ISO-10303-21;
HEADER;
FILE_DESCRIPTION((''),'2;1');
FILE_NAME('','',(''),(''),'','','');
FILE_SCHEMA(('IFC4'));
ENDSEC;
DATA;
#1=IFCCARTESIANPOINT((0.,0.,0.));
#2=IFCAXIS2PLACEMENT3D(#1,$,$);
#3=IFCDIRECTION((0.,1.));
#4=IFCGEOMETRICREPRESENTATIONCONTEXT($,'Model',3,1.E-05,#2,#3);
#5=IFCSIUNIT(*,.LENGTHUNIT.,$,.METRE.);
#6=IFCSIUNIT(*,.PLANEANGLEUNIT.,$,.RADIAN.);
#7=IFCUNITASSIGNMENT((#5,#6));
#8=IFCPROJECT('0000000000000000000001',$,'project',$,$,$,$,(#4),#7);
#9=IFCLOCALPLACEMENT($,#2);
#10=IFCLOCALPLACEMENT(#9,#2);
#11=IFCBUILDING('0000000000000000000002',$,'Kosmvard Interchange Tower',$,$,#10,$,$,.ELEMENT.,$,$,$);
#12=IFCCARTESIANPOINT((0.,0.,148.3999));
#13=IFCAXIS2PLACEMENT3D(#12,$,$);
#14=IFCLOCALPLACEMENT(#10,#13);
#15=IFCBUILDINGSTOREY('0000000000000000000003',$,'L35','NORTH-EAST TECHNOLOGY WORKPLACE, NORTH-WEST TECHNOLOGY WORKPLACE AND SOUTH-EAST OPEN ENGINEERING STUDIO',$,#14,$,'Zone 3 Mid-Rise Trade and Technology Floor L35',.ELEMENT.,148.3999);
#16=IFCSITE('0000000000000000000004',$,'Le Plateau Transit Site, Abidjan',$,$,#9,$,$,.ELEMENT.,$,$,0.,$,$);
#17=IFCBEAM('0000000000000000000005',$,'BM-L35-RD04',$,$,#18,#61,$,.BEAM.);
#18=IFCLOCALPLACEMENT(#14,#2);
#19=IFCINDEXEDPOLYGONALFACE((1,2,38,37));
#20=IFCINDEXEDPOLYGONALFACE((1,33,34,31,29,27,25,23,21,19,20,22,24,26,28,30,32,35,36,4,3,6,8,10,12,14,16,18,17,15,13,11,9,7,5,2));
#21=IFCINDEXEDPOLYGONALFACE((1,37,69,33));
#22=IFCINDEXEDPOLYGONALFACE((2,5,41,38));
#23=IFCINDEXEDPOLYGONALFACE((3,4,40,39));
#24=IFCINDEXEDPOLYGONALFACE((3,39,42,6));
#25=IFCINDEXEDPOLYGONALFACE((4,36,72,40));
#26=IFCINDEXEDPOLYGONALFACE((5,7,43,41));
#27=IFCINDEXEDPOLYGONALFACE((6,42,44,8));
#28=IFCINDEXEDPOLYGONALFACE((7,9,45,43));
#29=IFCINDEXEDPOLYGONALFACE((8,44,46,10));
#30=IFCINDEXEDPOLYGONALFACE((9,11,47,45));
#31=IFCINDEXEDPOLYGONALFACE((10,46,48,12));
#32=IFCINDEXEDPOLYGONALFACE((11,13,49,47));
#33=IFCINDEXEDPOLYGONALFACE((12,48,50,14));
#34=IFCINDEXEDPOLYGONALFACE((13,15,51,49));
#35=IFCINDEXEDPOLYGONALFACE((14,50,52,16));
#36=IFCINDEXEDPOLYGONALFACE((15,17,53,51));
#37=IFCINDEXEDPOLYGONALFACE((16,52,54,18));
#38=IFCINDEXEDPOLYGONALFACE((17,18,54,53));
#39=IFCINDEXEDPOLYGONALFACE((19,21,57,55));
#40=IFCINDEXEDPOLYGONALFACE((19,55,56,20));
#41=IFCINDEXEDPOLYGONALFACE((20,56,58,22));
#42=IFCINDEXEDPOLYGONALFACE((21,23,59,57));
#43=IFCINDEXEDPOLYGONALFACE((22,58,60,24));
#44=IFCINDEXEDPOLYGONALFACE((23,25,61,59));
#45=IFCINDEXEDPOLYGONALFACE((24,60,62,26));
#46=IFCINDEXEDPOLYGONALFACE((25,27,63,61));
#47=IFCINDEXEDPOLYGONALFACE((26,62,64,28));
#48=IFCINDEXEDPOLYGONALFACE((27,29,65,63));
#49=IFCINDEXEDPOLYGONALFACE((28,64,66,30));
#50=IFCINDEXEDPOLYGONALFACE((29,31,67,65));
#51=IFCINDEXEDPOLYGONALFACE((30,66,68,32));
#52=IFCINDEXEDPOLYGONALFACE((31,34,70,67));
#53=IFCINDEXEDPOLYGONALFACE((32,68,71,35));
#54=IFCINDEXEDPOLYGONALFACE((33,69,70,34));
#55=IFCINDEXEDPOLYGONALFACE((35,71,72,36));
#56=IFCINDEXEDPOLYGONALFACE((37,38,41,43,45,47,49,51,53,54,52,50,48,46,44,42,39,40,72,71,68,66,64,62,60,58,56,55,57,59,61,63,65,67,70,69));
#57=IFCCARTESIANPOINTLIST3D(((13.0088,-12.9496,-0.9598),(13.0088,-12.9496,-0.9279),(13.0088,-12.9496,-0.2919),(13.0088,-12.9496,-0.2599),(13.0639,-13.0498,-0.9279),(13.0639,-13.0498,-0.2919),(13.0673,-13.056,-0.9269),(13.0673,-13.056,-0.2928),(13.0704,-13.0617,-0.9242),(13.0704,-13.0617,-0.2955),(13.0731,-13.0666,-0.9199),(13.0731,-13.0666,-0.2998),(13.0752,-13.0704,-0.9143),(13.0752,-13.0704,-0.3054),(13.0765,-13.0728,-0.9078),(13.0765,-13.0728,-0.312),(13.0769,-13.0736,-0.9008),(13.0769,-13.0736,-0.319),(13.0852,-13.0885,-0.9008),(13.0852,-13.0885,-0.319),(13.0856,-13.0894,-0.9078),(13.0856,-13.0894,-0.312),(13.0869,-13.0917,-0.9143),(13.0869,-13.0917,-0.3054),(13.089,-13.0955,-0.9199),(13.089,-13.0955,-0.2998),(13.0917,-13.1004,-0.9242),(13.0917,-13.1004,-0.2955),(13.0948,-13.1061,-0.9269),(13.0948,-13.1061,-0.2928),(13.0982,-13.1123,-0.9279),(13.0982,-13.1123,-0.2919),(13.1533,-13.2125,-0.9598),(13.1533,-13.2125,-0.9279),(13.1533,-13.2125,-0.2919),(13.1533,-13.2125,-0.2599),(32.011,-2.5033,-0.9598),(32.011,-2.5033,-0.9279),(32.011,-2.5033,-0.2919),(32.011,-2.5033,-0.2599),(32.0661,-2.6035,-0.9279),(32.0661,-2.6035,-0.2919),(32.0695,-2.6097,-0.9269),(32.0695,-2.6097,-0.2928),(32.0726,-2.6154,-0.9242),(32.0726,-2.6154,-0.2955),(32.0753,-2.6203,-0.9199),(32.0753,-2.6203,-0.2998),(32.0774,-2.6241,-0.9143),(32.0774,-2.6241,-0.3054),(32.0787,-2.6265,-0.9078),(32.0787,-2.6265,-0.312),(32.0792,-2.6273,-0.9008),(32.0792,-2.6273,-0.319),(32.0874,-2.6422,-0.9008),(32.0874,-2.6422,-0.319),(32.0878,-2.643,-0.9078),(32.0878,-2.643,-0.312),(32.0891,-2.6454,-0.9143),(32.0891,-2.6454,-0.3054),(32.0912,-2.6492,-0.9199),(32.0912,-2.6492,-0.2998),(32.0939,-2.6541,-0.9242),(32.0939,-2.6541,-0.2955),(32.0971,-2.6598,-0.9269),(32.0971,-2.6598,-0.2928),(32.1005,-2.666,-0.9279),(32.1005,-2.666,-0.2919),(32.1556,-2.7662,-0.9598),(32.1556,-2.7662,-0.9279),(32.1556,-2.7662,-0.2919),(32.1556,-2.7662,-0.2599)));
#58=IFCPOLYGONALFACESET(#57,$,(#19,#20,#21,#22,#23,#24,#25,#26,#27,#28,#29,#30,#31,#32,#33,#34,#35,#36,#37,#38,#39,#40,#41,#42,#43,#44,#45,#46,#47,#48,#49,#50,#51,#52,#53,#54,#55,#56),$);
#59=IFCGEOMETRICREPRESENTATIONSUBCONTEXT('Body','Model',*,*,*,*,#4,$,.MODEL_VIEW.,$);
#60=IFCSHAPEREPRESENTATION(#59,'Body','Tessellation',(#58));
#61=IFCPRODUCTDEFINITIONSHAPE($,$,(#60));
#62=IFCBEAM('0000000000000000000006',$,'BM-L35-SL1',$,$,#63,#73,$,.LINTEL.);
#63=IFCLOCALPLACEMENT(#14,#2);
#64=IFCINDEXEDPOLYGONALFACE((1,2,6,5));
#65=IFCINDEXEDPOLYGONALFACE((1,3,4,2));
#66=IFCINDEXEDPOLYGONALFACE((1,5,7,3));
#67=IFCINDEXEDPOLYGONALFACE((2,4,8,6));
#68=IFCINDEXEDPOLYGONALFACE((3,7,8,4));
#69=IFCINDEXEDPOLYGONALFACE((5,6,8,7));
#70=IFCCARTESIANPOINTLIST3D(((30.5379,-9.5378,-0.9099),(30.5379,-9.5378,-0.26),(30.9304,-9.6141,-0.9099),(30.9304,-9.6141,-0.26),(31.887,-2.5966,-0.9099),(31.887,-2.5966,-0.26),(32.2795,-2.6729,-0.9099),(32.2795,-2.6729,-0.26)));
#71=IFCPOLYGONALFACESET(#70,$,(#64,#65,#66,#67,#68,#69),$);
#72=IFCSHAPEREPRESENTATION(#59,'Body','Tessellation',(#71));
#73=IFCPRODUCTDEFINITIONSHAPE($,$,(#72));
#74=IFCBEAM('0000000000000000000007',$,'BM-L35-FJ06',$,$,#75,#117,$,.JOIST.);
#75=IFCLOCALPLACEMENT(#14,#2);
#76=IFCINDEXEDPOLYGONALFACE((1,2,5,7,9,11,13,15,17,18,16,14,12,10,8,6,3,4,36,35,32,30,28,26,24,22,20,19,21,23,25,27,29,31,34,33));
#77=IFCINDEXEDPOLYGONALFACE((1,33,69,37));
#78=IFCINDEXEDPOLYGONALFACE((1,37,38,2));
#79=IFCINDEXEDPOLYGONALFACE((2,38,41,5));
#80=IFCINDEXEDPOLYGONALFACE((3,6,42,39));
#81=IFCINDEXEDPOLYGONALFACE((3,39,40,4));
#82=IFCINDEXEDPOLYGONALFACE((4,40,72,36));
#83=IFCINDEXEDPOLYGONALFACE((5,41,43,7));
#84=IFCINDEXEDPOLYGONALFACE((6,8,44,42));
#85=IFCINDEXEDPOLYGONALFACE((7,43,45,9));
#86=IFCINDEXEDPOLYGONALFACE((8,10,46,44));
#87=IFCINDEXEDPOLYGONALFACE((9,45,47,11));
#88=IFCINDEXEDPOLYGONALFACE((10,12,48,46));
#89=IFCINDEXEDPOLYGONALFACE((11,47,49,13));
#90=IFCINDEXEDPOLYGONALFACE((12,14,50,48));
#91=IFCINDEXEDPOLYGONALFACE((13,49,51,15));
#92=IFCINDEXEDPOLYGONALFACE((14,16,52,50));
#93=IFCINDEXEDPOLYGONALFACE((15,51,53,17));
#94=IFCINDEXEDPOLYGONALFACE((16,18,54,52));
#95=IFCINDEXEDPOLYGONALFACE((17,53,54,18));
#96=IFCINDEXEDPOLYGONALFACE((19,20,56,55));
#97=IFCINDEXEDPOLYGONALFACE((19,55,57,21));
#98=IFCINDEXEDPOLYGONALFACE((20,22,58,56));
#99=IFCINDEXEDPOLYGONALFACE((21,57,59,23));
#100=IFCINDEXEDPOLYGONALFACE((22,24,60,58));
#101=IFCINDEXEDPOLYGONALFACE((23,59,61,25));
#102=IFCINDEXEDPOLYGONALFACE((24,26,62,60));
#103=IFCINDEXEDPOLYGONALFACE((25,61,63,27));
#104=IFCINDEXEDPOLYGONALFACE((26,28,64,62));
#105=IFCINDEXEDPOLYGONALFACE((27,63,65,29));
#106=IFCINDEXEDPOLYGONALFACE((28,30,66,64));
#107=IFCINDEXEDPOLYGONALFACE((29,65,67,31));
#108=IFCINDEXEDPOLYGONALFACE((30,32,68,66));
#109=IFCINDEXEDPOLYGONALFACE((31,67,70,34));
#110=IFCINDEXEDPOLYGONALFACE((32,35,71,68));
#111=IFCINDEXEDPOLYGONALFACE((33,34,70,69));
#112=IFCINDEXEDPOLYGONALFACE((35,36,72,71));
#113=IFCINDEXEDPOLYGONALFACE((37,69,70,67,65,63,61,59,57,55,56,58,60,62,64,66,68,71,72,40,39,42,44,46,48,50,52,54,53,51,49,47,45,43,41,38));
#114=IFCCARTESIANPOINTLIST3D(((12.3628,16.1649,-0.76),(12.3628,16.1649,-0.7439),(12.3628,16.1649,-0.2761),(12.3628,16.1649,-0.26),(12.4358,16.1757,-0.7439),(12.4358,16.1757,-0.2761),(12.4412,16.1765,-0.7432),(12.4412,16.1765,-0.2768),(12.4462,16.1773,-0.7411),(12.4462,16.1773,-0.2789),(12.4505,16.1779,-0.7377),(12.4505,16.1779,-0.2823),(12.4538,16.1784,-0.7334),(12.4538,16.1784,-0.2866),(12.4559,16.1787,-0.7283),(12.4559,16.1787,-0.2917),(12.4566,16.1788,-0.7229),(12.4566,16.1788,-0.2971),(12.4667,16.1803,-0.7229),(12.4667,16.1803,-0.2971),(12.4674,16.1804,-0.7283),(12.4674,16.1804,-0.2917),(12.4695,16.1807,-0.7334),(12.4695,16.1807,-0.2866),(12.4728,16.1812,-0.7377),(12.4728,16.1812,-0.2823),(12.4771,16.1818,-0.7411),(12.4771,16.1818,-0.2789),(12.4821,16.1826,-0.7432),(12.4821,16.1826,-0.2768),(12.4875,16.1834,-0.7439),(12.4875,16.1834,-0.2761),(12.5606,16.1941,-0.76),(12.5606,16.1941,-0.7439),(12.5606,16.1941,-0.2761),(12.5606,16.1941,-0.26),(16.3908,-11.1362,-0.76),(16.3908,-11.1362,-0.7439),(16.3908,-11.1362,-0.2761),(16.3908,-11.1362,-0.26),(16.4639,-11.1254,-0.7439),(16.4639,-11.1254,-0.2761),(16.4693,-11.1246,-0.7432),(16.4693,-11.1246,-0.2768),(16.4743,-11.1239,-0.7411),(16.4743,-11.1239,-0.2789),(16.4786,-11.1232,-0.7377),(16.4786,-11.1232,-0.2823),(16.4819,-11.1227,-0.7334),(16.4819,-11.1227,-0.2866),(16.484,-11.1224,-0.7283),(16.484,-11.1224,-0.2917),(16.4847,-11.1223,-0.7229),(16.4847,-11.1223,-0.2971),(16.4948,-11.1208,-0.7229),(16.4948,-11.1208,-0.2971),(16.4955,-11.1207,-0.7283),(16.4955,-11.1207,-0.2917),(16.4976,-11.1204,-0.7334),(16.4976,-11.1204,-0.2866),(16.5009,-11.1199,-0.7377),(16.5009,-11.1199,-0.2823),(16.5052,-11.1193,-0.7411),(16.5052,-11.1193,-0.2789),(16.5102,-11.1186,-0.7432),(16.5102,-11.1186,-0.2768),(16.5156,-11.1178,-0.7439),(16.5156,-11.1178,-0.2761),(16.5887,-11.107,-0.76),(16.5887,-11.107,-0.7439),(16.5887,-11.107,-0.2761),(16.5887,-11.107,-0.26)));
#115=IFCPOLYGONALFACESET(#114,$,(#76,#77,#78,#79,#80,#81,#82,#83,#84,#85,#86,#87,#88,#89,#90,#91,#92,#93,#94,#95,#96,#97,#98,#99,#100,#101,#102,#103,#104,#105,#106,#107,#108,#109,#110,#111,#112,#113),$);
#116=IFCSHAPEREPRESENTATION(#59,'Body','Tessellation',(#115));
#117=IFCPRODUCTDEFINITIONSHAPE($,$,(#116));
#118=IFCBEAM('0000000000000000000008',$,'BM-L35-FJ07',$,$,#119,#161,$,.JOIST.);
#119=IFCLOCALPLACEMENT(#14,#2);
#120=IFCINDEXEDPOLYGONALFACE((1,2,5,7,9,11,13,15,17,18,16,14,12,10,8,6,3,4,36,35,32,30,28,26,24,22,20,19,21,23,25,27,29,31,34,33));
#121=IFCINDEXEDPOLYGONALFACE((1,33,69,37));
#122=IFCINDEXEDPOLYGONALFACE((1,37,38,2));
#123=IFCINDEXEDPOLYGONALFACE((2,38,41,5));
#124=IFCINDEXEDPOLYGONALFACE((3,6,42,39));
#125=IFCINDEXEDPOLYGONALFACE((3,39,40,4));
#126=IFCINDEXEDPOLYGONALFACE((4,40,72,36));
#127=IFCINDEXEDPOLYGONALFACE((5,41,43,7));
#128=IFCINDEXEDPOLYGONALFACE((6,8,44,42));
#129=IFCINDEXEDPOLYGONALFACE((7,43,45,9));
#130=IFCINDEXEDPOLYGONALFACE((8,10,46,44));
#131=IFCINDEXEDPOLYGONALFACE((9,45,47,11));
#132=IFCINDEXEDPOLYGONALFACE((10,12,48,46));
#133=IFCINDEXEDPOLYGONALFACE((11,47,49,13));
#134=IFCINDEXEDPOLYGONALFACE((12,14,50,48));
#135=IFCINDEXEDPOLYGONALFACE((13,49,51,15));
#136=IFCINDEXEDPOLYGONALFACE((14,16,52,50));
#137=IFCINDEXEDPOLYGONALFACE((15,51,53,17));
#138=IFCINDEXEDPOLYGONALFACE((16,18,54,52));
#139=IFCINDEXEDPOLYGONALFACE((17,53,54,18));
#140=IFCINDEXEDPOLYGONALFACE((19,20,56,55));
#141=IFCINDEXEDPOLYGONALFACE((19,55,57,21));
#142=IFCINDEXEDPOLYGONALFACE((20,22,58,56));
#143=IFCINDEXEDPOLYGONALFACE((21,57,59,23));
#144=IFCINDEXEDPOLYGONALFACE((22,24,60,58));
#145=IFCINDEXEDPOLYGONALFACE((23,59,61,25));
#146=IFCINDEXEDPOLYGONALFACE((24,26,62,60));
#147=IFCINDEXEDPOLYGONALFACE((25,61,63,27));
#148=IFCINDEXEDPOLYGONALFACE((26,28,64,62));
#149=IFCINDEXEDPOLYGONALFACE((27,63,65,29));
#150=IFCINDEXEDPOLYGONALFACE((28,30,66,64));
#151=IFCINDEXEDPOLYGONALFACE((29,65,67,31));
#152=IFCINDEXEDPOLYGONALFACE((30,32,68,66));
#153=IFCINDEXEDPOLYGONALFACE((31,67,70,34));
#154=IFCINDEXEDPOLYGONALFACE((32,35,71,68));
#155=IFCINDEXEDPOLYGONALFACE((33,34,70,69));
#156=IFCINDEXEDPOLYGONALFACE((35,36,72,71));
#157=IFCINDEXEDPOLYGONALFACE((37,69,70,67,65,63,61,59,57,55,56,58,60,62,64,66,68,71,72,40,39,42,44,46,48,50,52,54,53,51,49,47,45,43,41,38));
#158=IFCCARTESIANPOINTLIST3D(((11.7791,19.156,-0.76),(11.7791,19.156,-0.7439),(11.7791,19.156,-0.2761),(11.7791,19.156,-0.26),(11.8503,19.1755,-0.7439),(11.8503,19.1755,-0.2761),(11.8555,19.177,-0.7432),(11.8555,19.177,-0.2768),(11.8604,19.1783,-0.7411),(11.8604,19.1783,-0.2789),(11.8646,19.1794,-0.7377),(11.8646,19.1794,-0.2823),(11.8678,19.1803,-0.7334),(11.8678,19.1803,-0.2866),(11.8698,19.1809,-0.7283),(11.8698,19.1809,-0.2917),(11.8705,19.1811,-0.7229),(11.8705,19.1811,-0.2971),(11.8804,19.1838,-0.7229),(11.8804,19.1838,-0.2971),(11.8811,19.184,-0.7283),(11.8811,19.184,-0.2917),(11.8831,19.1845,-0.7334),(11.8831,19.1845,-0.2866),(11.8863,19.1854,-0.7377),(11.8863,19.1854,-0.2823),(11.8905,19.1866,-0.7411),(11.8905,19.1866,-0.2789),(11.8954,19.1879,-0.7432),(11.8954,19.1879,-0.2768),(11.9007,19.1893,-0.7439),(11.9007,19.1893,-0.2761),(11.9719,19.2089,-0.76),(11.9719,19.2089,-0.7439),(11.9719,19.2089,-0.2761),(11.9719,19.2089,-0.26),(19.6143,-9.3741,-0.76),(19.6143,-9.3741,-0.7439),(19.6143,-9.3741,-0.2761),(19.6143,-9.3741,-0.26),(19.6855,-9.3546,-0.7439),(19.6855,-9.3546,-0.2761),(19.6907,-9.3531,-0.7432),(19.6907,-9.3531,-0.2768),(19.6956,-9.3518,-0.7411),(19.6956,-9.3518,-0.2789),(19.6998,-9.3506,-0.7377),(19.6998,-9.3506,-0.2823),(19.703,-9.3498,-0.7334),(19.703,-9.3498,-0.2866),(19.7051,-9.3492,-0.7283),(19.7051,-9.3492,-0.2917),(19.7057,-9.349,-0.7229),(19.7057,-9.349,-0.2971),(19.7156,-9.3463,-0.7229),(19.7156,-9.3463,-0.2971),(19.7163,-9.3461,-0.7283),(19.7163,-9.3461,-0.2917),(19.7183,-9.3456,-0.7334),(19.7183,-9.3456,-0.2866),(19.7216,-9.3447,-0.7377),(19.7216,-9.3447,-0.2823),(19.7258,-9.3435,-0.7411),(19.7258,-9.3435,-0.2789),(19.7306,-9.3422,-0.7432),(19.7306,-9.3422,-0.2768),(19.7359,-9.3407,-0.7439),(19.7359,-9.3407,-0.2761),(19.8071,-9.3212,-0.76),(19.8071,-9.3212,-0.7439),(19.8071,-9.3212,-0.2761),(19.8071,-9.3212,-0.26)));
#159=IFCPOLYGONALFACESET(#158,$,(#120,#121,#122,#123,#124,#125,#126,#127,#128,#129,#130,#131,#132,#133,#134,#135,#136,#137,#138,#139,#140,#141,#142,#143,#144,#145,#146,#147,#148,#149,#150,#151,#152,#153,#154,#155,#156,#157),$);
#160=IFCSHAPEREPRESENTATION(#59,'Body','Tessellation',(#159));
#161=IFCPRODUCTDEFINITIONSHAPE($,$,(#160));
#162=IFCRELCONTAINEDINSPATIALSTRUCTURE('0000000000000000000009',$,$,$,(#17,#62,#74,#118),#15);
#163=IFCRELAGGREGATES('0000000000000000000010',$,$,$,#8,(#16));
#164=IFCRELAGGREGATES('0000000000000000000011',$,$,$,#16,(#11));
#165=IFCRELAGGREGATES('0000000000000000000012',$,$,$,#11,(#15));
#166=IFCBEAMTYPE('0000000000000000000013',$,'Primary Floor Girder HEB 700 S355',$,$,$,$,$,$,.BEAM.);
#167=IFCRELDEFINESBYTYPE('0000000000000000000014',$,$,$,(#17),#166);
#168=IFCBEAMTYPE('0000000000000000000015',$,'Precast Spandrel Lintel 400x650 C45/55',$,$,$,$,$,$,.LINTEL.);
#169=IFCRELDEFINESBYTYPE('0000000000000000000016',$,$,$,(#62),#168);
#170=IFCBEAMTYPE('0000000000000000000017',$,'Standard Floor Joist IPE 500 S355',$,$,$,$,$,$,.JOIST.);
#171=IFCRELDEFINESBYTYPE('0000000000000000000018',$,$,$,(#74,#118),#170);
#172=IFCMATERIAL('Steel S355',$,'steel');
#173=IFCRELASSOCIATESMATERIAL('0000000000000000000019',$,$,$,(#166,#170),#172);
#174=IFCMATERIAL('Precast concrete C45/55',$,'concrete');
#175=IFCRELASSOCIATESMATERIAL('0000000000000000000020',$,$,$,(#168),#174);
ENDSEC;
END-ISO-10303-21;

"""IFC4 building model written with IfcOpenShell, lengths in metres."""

from ifc_helpers import new_model, si_unit, direction, frame, origin, origin_2d, place, context, subcontext, project, spatial, rectangle, i_section, extrude, source, transform, mapped, material, material_profile, profile_set, type_object, element, save


model = new_model("IFC4")

# Units and contexts
model_context = context("Model", 3, precision=1e-05, world=origin(), true_north=direction((0.0, 1.0)))
body_context = subcontext(model_context, "Body", "Model", "MODEL_VIEW")
ifc_project = project(units=[si_unit("LENGTHUNIT", "METRE"), si_unit("PLANEANGLEUNIT", "RADIAN")], contexts=[model_context])

# Site, building, storey
site_placement = place(None, origin())
site = spatial("IfcSite", under=ifc_project, at=site_placement, Name="Le Plateau Transit Site, Abidjan", CompositionType="ELEMENT", RefElevation=0.0)
building_placement = place(site_placement, origin())
building = spatial("IfcBuilding", under=site, at=building_placement, Name="Kosmvard Interchange Tower", CompositionType="ELEMENT")
storey_placement = place(building_placement, frame((0.0, 0.0, 148.3999)))
storey = spatial("IfcBuildingStorey", under=building, at=storey_placement, Name="L35", Description="NORTH-EAST TECHNOLOGY WORKPLACE, NORTH-WEST TECHNOLOGY WORKPLACE AND SOUTH-EAST OPEN ENGINEERING STUDIO", LongName="Zone 3 Mid-Rise Trade and Technology Floor L35", CompositionType="ELEMENT", Elevation=148.3999)

# Beams
ifc_material_1 = material(Name="Steel S355", Category="steel")
ifc_material_profile_1 = material_profile(ifc_material_1, i_section(OverallWidth=0.3, OverallDepth=0.7, WebThickness=0.0171, FlangeThickness=0.032, FilletRadius=0.0271, at=origin_2d()), Name="HEB 700")
ifc_profile_set_1 = profile_set([ifc_material_profile_1], Name="Steel S355")
beam_type_1 = type_object("IfcBeamType", Name="Primary Floor Girder HEB 700 S355", PredefinedType="BEAM", material=ifc_profile_set_1)
shared_shape_1 = source(origin(), body_context, "Body", "SweptSolid", [
    extrude(i_section(OverallWidth=0.3, OverallDepth=0.7, WebThickness=0.0171, FlangeThickness=0.032, FilletRadius=0.0271, at=origin_2d()), origin(), (0.0, 0.0, 1.0), 21.6843),
])
beam_1_placement = place(storey_placement, frame((13.0811, -13.0811, -0.6099), z_axis=(0.876312, 0.481745, 0.0), x_axis=(-0.481745, 0.876312, 0.0)))
element("IfcBeam", 1, at=beam_1_placement, inside=storey, type_object=beam_type_1, Name="BM-L35-RD04", PredefinedType="BEAM", context=body_context, shape_type="MappedRepresentation", body=[
    mapped(shared_shape_1, transform((0.0, 0.0, 0.0), scale=1.0)),
])
ifc_material_2 = material(Name="Precast concrete C45/55", Category="concrete")
ifc_material_profile_2 = material_profile(ifc_material_2, rectangle(XDim=0.3999, YDim=0.6499, at=origin_2d()), Name="SL 400x650")
ifc_profile_set_2 = profile_set([ifc_material_profile_2], Name="Precast concrete C45/55")
beam_type_2 = type_object("IfcBeamType", Name="Precast Spandrel Lintel 400x650 C45/55", PredefinedType="LINTEL", material=ifc_profile_set_2)
shared_shape_2 = source(origin(), body_context, "Body", "SweptSolid", [
    extrude(rectangle(XDim=0.3999, YDim=0.6499, at=origin_2d()), origin(), (0.0, 0.0, 1.0), 7.071),
])
beam_2_placement = place(storey_placement, frame((30.7341, -9.5759, -0.585), z_axis=(0.190795, 0.98163, 0.0), x_axis=(-0.98163, 0.190795, 0.0)))
element("IfcBeam", 2, at=beam_2_placement, inside=storey, type_object=beam_type_2, Name="BM-L35-SL1", PredefinedType="LINTEL", context=body_context, shape_type="MappedRepresentation", body=[
    mapped(shared_shape_2, transform((0.0, 0.0, 0.0), scale=1.0)),
])
ifc_material_profile_3 = material_profile(ifc_material_1, i_section(OverallWidth=0.2, OverallDepth=0.5, WebThickness=0.0103, FlangeThickness=0.0161, FilletRadius=0.021, at=origin_2d()), Name="IPE 500")
ifc_profile_set_3 = profile_set([ifc_material_profile_3], Name="Steel S355")
beam_type_3 = type_object("IfcBeamType", Name="Standard Floor Joist IPE 500 S355", PredefinedType="JOIST", material=ifc_profile_set_3)
shared_shape_3 = source(origin(), body_context, "Body", "SweptSolid", [
    extrude(i_section(OverallWidth=0.2, OverallDepth=0.5, WebThickness=0.0103, FlangeThickness=0.0161, FilletRadius=0.021, at=origin_2d()), origin(), (0.0, 0.0, 1.0), 27.5967),
])
beam_3_placement = place(storey_placement, frame((16.4897, -11.1216, -0.51), z_axis=(-0.145963, 0.98929, 0.0), x_axis=(-0.98929, -0.145963, 0.0)))
element("IfcBeam", 3, at=beam_3_placement, inside=storey, type_object=beam_type_3, Name="BM-L35-FJ06", PredefinedType="JOIST", context=body_context, shape_type="MappedRepresentation", body=[
    mapped(shared_shape_3, transform((0.0, 0.0, 0.0), scale=1.0)),
])
shared_shape_4 = source(origin(), body_context, "Body", "SweptSolid", [
    extrude(i_section(OverallWidth=0.2, OverallDepth=0.5, WebThickness=0.0103, FlangeThickness=0.0161, FilletRadius=0.021, at=origin_2d()), origin(), (0.0, 0.0, 1.0), 29.5864),
])
beam_4_placement = place(storey_placement, frame((19.7107, -9.3477, -0.51), z_axis=(-0.264825, 0.964297, 0.0), x_axis=(-0.964297, -0.264825, 0.0)))
element("IfcBeam", 4, at=beam_4_placement, inside=storey, type_object=beam_type_3, Name="BM-L35-FJ07", PredefinedType="JOIST", context=body_context, shape_type="MappedRepresentation", body=[
    mapped(shared_shape_4, transform((0.0, 0.0, 0.0), scale=1.0)),
])

save(model, "model.ifc")
